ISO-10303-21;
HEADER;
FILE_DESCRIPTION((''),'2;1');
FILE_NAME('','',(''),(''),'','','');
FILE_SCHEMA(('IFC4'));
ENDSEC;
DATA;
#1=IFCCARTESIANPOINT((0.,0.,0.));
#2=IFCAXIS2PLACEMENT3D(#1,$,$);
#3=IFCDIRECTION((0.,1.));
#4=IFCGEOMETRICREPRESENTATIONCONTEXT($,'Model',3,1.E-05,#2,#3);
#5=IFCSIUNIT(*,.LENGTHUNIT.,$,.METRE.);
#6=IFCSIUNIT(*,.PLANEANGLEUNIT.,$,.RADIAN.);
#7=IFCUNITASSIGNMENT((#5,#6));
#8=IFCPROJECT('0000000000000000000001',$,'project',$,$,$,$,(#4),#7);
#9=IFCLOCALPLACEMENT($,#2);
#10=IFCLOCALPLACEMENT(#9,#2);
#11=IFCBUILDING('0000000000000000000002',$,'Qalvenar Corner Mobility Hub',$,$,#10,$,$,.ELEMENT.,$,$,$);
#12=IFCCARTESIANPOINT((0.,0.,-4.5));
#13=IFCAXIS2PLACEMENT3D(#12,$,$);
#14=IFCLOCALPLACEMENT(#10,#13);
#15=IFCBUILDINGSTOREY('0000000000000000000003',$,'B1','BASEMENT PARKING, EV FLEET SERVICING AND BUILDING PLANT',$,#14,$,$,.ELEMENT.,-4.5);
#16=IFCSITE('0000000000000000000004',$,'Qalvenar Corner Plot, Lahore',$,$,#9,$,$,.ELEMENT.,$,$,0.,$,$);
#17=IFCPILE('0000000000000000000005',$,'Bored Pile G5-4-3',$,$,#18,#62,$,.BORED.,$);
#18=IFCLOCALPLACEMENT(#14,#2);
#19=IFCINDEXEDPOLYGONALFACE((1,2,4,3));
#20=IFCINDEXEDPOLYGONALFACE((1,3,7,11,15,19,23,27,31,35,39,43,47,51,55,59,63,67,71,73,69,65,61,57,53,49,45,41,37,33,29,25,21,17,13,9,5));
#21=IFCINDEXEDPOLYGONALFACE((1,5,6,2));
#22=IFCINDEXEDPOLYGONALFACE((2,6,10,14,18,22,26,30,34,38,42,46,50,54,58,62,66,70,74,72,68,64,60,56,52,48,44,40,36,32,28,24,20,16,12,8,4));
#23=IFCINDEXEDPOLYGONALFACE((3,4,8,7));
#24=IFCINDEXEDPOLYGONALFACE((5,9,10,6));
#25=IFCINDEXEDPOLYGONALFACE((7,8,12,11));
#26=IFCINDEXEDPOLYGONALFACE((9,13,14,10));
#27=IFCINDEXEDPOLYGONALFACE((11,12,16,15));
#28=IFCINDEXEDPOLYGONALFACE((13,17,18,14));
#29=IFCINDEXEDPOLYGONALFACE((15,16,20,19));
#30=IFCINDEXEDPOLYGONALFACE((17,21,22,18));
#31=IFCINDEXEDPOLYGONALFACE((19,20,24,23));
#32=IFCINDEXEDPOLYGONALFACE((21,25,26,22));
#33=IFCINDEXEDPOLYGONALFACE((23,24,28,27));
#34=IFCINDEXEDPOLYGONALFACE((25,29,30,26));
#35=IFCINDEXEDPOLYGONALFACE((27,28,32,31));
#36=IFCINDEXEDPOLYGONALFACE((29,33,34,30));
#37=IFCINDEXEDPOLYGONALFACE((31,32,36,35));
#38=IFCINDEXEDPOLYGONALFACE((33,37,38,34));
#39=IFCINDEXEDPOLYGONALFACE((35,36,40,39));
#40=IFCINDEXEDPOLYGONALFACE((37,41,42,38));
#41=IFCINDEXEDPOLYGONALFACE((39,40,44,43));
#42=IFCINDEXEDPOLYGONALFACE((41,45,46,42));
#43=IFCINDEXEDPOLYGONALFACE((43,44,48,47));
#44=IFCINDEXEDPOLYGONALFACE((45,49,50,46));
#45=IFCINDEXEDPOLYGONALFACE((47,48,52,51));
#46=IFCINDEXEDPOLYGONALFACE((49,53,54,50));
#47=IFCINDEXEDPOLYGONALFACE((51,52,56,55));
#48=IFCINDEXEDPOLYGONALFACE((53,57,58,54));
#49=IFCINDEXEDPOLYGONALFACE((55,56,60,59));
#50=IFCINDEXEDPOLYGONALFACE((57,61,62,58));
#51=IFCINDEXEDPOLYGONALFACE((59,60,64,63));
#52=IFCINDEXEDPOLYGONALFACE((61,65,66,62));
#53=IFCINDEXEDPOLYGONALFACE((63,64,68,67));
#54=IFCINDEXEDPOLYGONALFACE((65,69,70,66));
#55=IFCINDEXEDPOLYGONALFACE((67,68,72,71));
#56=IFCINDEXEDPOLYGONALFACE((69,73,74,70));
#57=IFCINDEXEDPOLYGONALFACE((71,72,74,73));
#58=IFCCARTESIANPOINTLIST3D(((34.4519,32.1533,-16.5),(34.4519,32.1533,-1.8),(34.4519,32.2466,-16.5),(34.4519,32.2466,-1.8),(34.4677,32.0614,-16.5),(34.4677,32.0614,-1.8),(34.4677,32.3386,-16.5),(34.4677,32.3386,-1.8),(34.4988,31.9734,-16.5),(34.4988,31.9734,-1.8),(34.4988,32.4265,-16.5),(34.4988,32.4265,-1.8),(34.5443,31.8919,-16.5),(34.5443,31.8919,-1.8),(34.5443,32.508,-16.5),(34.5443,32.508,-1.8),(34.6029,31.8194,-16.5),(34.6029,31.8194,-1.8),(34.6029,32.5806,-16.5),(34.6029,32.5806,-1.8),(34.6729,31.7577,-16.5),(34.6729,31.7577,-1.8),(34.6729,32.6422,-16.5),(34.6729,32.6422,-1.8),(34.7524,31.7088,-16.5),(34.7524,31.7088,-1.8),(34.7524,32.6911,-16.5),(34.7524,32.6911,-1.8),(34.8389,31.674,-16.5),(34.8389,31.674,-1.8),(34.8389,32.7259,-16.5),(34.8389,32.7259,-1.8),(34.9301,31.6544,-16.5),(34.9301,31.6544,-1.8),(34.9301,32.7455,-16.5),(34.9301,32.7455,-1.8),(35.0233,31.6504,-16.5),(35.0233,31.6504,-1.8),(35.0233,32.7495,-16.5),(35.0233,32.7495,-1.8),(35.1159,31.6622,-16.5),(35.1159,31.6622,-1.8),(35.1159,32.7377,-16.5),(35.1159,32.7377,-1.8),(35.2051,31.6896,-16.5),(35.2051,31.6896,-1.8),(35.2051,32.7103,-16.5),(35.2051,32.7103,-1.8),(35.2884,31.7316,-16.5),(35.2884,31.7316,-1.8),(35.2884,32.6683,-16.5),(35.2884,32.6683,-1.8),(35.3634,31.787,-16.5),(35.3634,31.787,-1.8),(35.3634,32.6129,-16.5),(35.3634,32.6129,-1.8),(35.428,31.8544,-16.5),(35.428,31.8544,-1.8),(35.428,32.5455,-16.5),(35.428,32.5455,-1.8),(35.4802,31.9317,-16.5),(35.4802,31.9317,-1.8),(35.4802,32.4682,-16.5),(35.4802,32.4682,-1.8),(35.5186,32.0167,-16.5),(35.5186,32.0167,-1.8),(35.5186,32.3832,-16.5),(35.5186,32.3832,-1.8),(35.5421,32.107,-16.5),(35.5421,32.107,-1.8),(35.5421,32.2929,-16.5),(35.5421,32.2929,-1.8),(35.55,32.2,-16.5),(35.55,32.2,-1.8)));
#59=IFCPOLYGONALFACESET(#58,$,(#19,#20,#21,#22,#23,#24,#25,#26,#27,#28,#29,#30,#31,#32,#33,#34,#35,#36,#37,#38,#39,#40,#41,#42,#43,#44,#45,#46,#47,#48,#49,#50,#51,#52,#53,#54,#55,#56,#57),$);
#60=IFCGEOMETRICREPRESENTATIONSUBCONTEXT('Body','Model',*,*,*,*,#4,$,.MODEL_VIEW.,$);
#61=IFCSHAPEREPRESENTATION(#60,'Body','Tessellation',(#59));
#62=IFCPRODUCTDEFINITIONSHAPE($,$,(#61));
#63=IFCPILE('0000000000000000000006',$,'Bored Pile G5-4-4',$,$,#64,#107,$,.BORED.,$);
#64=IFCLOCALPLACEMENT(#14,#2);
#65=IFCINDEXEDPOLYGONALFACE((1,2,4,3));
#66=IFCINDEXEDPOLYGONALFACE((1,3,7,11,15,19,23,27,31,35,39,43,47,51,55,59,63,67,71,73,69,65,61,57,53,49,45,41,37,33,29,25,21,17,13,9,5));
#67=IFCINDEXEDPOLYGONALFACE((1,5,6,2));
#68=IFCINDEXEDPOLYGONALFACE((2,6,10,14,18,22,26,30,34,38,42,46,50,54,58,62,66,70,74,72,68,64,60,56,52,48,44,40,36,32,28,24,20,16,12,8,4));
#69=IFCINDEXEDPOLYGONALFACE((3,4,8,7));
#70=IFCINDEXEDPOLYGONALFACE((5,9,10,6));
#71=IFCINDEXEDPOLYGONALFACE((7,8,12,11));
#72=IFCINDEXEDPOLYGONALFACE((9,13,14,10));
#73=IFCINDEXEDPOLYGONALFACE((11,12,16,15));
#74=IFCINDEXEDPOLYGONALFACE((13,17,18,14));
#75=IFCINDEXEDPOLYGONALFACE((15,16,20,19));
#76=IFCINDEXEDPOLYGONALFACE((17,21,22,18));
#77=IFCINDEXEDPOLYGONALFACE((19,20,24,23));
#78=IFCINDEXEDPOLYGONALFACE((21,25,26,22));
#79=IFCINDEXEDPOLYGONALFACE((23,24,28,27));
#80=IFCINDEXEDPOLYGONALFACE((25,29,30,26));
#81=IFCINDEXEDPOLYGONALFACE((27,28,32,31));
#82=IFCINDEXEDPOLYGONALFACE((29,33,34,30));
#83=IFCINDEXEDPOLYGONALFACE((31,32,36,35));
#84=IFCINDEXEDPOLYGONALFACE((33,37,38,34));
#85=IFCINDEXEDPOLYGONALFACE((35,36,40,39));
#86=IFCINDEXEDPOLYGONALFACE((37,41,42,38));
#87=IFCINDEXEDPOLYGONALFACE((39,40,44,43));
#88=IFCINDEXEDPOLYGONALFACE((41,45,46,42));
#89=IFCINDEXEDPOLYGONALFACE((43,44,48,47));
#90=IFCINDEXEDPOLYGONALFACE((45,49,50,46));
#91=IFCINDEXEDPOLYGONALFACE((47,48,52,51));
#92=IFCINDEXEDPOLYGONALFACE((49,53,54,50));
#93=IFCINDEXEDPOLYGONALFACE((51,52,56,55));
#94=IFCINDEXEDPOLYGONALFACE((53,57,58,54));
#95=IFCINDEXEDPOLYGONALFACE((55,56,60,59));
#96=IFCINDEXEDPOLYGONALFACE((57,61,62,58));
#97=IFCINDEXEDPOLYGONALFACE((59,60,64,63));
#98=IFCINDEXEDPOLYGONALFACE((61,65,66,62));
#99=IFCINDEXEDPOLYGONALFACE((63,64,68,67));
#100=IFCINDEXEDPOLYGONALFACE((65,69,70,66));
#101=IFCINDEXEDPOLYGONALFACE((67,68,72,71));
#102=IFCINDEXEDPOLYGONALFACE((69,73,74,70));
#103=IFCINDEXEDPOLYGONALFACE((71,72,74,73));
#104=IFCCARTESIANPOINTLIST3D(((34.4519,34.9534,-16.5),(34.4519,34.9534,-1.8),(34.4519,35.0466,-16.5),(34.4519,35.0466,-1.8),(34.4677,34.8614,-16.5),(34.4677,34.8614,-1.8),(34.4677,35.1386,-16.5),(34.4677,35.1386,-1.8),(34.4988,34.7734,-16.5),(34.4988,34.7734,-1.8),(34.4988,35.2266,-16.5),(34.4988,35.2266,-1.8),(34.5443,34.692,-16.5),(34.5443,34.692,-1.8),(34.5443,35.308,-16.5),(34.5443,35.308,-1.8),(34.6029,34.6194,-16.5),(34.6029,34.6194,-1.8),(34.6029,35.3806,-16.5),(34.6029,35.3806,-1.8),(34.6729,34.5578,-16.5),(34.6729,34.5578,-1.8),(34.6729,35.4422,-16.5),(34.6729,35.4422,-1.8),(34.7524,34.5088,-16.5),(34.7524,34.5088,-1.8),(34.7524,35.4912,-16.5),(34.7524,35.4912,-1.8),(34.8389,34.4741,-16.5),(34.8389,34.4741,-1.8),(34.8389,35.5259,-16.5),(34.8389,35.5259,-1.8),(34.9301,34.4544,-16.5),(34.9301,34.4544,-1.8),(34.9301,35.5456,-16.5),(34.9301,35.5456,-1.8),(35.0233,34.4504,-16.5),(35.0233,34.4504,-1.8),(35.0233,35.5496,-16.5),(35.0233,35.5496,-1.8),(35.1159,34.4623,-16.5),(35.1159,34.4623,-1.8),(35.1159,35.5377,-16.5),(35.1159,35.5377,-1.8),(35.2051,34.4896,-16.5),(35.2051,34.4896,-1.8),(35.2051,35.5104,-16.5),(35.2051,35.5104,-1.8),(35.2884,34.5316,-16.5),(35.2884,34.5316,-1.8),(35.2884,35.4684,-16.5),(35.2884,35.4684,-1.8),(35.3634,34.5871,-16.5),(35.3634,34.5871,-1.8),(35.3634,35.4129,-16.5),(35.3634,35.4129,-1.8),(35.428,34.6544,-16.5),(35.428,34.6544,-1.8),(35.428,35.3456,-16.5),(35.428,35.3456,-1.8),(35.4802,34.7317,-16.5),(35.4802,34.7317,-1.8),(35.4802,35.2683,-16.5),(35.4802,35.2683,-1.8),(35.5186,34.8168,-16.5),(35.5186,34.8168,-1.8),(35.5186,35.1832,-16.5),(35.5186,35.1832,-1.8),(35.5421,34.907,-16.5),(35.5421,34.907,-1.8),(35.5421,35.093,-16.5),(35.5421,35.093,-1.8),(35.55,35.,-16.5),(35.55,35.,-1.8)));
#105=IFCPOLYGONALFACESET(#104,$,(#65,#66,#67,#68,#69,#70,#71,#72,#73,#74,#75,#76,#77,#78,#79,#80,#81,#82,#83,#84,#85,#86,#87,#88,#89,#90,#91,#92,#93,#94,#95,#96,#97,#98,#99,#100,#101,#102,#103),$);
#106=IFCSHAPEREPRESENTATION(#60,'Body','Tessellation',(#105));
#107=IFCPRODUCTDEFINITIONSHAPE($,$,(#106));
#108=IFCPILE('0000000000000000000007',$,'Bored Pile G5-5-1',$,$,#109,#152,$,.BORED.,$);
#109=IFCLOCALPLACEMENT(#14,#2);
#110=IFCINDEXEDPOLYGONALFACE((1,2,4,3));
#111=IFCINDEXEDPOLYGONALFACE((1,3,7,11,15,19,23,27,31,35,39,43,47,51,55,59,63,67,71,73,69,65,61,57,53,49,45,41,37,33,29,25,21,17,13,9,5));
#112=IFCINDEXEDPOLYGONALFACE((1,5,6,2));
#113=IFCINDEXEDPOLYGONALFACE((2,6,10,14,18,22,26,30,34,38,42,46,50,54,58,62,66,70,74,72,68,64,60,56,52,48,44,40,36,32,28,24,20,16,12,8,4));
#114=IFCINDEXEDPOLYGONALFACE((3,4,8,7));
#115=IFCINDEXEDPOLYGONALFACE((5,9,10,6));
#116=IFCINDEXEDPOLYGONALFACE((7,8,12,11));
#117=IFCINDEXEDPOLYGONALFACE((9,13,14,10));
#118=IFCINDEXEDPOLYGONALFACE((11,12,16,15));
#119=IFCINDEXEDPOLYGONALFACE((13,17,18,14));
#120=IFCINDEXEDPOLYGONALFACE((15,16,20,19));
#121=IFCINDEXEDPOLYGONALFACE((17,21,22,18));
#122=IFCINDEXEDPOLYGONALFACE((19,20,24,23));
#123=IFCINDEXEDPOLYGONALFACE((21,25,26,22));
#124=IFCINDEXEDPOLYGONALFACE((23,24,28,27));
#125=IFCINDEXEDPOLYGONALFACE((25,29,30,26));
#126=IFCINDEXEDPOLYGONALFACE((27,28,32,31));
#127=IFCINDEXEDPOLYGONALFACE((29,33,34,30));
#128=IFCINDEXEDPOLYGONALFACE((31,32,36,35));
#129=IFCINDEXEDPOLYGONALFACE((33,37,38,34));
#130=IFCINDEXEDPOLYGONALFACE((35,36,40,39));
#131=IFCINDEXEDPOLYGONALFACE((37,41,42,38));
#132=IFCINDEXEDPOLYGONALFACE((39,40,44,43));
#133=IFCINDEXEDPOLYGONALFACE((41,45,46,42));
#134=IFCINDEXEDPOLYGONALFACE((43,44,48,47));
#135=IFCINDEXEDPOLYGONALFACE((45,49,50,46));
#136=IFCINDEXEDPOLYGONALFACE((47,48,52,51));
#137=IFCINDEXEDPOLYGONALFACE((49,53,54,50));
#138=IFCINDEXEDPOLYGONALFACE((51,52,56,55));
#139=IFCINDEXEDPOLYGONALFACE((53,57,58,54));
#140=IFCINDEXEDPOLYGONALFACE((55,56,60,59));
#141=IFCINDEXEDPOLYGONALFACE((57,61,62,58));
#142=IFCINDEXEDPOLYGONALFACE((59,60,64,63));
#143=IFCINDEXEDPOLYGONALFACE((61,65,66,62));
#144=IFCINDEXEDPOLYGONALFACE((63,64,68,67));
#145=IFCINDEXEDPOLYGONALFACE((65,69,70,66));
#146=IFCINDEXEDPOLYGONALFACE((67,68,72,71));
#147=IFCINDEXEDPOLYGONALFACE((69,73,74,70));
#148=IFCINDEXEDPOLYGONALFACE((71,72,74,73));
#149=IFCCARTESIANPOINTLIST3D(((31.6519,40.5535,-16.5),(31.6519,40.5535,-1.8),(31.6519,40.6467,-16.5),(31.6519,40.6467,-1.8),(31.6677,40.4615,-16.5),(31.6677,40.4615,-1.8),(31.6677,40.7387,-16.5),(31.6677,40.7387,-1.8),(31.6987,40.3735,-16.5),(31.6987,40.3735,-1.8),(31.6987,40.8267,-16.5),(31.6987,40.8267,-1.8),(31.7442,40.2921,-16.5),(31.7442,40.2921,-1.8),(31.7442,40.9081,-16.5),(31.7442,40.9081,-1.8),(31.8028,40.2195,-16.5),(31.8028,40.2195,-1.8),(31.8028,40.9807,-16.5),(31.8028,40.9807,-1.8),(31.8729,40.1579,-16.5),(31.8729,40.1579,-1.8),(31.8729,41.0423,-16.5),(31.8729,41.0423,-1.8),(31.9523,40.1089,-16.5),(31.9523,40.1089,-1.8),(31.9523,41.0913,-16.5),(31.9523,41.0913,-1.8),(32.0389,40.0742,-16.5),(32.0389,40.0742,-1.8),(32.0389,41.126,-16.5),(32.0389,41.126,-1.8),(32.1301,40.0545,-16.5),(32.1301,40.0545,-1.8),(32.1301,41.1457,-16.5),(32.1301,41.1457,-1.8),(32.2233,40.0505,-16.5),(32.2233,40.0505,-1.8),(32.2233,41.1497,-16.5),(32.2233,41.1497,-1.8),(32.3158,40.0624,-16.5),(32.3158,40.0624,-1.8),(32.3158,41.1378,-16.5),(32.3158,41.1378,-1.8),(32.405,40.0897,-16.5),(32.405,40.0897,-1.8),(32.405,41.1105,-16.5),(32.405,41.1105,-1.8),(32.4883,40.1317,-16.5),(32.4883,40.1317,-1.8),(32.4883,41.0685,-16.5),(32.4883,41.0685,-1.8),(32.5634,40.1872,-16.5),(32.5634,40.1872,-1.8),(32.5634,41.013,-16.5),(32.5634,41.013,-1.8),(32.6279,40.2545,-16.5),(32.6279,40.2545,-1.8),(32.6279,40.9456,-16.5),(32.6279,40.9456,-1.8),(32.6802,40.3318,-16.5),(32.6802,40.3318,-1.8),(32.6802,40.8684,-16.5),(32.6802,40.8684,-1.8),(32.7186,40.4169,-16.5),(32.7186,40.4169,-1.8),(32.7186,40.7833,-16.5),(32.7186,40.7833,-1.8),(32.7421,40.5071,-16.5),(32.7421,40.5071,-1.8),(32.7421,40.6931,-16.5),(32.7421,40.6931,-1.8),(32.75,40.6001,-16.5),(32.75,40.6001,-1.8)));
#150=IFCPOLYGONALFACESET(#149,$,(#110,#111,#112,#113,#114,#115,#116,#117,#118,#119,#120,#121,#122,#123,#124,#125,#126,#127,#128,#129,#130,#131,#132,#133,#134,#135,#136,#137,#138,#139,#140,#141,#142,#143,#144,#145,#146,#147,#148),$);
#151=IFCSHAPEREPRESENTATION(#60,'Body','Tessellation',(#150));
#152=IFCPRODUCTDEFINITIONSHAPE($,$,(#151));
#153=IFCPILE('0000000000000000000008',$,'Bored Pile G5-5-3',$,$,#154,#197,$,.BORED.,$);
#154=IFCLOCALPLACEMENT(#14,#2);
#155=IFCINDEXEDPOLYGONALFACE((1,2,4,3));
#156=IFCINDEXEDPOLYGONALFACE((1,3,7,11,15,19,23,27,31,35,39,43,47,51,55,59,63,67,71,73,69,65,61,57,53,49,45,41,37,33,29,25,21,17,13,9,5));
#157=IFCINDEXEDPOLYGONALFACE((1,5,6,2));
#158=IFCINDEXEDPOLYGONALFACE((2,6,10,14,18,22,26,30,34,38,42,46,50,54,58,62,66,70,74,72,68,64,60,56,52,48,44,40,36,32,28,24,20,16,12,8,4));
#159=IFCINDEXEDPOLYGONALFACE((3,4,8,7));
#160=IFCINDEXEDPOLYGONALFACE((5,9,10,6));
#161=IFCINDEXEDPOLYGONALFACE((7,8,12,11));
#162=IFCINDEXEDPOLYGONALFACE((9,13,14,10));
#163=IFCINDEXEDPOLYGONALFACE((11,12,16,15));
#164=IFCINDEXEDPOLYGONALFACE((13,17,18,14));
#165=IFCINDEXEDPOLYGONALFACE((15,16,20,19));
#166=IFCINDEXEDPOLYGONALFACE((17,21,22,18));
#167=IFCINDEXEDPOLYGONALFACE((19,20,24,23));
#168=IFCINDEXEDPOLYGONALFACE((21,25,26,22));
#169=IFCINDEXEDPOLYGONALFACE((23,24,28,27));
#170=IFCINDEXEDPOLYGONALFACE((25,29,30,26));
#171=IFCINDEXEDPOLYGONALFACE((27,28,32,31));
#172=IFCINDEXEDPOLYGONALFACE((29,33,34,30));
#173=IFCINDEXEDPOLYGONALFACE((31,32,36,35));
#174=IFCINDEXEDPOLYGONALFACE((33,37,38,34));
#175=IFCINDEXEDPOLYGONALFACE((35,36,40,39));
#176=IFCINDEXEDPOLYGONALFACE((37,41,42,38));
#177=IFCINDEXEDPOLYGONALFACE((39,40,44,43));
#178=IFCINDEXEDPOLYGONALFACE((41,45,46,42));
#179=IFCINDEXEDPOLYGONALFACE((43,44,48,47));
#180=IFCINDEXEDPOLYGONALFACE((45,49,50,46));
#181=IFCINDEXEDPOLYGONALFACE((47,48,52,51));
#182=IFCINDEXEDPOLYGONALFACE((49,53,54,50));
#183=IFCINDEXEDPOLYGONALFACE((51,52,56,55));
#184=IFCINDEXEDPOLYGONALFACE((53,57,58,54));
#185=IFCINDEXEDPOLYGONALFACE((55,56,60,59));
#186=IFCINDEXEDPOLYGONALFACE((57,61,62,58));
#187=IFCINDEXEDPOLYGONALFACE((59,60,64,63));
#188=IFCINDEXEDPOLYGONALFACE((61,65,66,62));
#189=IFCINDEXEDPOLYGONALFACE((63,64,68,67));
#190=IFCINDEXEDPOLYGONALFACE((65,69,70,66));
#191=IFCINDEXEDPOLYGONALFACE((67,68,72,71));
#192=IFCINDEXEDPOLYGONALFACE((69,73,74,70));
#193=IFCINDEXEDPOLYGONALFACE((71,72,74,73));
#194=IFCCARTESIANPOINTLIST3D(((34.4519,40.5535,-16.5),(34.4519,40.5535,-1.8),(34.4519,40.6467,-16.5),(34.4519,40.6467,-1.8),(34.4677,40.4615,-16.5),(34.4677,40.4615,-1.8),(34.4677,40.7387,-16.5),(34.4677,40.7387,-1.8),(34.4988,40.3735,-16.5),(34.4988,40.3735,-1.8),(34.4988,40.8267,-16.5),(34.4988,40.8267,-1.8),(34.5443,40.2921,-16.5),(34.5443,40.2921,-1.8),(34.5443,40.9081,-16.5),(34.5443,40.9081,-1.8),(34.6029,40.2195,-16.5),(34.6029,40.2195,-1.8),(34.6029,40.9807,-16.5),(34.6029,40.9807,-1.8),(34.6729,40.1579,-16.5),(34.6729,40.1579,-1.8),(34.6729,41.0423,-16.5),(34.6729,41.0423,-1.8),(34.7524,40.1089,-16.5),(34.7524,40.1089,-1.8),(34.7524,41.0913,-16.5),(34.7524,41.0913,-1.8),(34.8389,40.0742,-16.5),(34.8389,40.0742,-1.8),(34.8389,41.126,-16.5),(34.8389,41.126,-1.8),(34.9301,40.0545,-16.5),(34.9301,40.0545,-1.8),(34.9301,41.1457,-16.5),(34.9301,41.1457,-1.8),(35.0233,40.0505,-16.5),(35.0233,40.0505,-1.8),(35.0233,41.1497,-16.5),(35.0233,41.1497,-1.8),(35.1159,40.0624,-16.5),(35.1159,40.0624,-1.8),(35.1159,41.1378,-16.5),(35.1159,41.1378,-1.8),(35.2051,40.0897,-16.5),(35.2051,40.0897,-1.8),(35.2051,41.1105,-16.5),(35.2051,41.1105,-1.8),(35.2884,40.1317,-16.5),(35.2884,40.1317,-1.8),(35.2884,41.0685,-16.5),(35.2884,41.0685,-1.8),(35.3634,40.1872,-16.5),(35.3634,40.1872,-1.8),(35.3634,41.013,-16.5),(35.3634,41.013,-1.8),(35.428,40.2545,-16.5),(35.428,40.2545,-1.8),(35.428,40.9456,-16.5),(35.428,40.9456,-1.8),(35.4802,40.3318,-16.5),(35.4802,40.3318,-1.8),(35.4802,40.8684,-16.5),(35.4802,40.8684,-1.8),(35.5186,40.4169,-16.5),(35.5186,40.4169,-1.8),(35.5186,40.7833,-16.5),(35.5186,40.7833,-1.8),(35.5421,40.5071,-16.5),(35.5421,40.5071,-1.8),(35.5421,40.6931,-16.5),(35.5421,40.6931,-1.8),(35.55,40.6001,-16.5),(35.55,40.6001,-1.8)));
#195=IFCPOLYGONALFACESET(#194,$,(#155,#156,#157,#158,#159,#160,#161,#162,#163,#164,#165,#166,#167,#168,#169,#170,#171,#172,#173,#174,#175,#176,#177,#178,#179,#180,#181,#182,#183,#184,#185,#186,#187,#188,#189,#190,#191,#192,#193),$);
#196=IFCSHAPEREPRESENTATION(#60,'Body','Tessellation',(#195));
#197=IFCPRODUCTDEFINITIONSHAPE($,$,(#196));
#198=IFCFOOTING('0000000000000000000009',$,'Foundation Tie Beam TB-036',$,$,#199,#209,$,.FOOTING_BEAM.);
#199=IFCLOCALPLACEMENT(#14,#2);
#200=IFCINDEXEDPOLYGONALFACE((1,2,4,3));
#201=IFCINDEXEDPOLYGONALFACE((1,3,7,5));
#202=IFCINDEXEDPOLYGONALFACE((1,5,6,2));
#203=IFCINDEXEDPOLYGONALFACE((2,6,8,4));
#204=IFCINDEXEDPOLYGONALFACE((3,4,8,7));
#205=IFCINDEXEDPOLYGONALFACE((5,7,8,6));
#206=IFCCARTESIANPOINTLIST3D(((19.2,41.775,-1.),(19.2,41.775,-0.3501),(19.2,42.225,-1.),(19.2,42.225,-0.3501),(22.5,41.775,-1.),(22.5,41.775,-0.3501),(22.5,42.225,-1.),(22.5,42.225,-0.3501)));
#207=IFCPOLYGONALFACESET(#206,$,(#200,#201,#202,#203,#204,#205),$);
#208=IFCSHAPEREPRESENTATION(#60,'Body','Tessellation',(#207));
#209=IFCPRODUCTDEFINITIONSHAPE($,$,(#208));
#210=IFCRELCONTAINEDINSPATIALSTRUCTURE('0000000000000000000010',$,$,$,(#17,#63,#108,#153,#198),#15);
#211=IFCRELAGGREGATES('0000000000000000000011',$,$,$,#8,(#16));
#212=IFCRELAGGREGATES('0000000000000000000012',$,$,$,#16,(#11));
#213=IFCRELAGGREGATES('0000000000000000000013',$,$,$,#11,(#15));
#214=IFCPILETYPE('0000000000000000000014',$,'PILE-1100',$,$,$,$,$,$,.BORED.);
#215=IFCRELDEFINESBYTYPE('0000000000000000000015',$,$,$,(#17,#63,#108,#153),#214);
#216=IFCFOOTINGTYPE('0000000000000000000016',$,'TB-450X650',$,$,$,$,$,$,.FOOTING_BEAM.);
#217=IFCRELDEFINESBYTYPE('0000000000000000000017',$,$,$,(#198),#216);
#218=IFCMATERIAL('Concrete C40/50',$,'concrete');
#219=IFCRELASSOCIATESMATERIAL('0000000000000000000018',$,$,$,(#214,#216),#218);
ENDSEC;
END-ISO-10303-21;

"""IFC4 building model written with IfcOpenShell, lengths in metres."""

from ifc_helpers import new_model, si_unit, direction, frame, origin, origin_2d, place, context, subcontext, project, spatial, rectangle, circle, extrude, material, material_profile, profile_set, type_object, element, save


model = new_model("IFC4")

# Units and contexts
model_context = context("Model", 3, precision=1e-05, world=origin(), true_north=direction((0.0, 1.0)))
body_context = subcontext(model_context, "Body", "Model", "MODEL_VIEW")
ifc_project = project(units=[si_unit("LENGTHUNIT", "METRE"), si_unit("PLANEANGLEUNIT", "RADIAN")], contexts=[model_context])

# Site, building, storey
site_placement = place(None, origin())
site = spatial("IfcSite", under=ifc_project, at=site_placement, Name="Qalvenar Corner Plot, Lahore", CompositionType="ELEMENT", RefElevation=0.0)
building_placement = place(site_placement, origin())
building = spatial("IfcBuilding", under=site, at=building_placement, Name="Qalvenar Corner Mobility Hub", CompositionType="ELEMENT")
storey_placement = place(building_placement, frame((0.0, 0.0, -4.5)))
storey = spatial("IfcBuildingStorey", under=building, at=storey_placement, Name="B1", Description="BASEMENT PARKING, EV FLEET SERVICING AND BUILDING PLANT", CompositionType="ELEMENT", Elevation=-4.5)

# Shared definitions
ifc_material_1 = material(Name="Concrete C40/50", Category="concrete")

# Piles
ifc_material_profile_1 = material_profile(ifc_material_1, circle(Radius=0.55, at=origin_2d()), Name="DIA1100")
ifc_profile_set_1 = profile_set([ifc_material_profile_1], Name="Concrete C40/50")
pile_type = type_object("IfcPileType", Name="PILE-1100", PredefinedType="BORED", material=ifc_profile_set_1)
for number, where, z_axis, x_axis, name in (
    (1, (35.0, 32.2, -1.8), (0.0, 0.0, -1.0), (1.0, 0.0, 0.0), "Bored Pile G5-4-3"),
    (2, (35.0, 35.0, -1.8), (0.0, 0.0, -1.0), (1.0, 0.0, 0.0), "Bored Pile G5-4-4"),
    (3, (32.2, 40.6001, -1.8), (0.0, 0.0, -1.0), (1.0, 0.0, 0.0), "Bored Pile G5-5-1"),
    (4, (35.0, 40.6001, -1.8), (0.0, 0.0, -1.0), (1.0, 0.0, 0.0), "Bored Pile G5-5-3"),
):
    element("IfcPile", number, at=place(storey_placement, frame(where, z_axis=z_axis, x_axis=x_axis)), inside=storey, type_object=pile_type, Name=name, PredefinedType="BORED", context=body_context, shape_type="SweptSolid", body=[
        extrude(circle(Radius=0.55, at=origin_2d()), origin(), (0.0, 0.0, 1.0), 14.7),
    ])

# Footing
ifc_material_profile_2 = material_profile(ifc_material_1, rectangle(XDim=0.45, YDim=0.6499, at=origin_2d()), Name="RC450x650")
ifc_profile_set_2 = profile_set([ifc_material_profile_2], Name="Concrete C40/50")
footing_type_1 = type_object("IfcFootingType", Name="TB-450X650", PredefinedType="FOOTING_BEAM", material=ifc_profile_set_2)
footing_1_placement = place(storey_placement, frame((19.2, 42.0, -0.675), z_axis=(1.0, 0.0, 0.0), x_axis=(0.0, 1.0, 0.0)))
element("IfcFooting", 5, at=footing_1_placement, inside=storey, type_object=footing_type_1, Name="Foundation Tie Beam TB-036", PredefinedType="FOOTING_BEAM", context=body_context, shape_type="SweptSolid", body=[
    extrude(rectangle(XDim=0.45, YDim=0.6499, at=origin_2d()), origin(), (0.0, 0.0, 1.0), 3.3),
])

save(model, "model.ifc")
